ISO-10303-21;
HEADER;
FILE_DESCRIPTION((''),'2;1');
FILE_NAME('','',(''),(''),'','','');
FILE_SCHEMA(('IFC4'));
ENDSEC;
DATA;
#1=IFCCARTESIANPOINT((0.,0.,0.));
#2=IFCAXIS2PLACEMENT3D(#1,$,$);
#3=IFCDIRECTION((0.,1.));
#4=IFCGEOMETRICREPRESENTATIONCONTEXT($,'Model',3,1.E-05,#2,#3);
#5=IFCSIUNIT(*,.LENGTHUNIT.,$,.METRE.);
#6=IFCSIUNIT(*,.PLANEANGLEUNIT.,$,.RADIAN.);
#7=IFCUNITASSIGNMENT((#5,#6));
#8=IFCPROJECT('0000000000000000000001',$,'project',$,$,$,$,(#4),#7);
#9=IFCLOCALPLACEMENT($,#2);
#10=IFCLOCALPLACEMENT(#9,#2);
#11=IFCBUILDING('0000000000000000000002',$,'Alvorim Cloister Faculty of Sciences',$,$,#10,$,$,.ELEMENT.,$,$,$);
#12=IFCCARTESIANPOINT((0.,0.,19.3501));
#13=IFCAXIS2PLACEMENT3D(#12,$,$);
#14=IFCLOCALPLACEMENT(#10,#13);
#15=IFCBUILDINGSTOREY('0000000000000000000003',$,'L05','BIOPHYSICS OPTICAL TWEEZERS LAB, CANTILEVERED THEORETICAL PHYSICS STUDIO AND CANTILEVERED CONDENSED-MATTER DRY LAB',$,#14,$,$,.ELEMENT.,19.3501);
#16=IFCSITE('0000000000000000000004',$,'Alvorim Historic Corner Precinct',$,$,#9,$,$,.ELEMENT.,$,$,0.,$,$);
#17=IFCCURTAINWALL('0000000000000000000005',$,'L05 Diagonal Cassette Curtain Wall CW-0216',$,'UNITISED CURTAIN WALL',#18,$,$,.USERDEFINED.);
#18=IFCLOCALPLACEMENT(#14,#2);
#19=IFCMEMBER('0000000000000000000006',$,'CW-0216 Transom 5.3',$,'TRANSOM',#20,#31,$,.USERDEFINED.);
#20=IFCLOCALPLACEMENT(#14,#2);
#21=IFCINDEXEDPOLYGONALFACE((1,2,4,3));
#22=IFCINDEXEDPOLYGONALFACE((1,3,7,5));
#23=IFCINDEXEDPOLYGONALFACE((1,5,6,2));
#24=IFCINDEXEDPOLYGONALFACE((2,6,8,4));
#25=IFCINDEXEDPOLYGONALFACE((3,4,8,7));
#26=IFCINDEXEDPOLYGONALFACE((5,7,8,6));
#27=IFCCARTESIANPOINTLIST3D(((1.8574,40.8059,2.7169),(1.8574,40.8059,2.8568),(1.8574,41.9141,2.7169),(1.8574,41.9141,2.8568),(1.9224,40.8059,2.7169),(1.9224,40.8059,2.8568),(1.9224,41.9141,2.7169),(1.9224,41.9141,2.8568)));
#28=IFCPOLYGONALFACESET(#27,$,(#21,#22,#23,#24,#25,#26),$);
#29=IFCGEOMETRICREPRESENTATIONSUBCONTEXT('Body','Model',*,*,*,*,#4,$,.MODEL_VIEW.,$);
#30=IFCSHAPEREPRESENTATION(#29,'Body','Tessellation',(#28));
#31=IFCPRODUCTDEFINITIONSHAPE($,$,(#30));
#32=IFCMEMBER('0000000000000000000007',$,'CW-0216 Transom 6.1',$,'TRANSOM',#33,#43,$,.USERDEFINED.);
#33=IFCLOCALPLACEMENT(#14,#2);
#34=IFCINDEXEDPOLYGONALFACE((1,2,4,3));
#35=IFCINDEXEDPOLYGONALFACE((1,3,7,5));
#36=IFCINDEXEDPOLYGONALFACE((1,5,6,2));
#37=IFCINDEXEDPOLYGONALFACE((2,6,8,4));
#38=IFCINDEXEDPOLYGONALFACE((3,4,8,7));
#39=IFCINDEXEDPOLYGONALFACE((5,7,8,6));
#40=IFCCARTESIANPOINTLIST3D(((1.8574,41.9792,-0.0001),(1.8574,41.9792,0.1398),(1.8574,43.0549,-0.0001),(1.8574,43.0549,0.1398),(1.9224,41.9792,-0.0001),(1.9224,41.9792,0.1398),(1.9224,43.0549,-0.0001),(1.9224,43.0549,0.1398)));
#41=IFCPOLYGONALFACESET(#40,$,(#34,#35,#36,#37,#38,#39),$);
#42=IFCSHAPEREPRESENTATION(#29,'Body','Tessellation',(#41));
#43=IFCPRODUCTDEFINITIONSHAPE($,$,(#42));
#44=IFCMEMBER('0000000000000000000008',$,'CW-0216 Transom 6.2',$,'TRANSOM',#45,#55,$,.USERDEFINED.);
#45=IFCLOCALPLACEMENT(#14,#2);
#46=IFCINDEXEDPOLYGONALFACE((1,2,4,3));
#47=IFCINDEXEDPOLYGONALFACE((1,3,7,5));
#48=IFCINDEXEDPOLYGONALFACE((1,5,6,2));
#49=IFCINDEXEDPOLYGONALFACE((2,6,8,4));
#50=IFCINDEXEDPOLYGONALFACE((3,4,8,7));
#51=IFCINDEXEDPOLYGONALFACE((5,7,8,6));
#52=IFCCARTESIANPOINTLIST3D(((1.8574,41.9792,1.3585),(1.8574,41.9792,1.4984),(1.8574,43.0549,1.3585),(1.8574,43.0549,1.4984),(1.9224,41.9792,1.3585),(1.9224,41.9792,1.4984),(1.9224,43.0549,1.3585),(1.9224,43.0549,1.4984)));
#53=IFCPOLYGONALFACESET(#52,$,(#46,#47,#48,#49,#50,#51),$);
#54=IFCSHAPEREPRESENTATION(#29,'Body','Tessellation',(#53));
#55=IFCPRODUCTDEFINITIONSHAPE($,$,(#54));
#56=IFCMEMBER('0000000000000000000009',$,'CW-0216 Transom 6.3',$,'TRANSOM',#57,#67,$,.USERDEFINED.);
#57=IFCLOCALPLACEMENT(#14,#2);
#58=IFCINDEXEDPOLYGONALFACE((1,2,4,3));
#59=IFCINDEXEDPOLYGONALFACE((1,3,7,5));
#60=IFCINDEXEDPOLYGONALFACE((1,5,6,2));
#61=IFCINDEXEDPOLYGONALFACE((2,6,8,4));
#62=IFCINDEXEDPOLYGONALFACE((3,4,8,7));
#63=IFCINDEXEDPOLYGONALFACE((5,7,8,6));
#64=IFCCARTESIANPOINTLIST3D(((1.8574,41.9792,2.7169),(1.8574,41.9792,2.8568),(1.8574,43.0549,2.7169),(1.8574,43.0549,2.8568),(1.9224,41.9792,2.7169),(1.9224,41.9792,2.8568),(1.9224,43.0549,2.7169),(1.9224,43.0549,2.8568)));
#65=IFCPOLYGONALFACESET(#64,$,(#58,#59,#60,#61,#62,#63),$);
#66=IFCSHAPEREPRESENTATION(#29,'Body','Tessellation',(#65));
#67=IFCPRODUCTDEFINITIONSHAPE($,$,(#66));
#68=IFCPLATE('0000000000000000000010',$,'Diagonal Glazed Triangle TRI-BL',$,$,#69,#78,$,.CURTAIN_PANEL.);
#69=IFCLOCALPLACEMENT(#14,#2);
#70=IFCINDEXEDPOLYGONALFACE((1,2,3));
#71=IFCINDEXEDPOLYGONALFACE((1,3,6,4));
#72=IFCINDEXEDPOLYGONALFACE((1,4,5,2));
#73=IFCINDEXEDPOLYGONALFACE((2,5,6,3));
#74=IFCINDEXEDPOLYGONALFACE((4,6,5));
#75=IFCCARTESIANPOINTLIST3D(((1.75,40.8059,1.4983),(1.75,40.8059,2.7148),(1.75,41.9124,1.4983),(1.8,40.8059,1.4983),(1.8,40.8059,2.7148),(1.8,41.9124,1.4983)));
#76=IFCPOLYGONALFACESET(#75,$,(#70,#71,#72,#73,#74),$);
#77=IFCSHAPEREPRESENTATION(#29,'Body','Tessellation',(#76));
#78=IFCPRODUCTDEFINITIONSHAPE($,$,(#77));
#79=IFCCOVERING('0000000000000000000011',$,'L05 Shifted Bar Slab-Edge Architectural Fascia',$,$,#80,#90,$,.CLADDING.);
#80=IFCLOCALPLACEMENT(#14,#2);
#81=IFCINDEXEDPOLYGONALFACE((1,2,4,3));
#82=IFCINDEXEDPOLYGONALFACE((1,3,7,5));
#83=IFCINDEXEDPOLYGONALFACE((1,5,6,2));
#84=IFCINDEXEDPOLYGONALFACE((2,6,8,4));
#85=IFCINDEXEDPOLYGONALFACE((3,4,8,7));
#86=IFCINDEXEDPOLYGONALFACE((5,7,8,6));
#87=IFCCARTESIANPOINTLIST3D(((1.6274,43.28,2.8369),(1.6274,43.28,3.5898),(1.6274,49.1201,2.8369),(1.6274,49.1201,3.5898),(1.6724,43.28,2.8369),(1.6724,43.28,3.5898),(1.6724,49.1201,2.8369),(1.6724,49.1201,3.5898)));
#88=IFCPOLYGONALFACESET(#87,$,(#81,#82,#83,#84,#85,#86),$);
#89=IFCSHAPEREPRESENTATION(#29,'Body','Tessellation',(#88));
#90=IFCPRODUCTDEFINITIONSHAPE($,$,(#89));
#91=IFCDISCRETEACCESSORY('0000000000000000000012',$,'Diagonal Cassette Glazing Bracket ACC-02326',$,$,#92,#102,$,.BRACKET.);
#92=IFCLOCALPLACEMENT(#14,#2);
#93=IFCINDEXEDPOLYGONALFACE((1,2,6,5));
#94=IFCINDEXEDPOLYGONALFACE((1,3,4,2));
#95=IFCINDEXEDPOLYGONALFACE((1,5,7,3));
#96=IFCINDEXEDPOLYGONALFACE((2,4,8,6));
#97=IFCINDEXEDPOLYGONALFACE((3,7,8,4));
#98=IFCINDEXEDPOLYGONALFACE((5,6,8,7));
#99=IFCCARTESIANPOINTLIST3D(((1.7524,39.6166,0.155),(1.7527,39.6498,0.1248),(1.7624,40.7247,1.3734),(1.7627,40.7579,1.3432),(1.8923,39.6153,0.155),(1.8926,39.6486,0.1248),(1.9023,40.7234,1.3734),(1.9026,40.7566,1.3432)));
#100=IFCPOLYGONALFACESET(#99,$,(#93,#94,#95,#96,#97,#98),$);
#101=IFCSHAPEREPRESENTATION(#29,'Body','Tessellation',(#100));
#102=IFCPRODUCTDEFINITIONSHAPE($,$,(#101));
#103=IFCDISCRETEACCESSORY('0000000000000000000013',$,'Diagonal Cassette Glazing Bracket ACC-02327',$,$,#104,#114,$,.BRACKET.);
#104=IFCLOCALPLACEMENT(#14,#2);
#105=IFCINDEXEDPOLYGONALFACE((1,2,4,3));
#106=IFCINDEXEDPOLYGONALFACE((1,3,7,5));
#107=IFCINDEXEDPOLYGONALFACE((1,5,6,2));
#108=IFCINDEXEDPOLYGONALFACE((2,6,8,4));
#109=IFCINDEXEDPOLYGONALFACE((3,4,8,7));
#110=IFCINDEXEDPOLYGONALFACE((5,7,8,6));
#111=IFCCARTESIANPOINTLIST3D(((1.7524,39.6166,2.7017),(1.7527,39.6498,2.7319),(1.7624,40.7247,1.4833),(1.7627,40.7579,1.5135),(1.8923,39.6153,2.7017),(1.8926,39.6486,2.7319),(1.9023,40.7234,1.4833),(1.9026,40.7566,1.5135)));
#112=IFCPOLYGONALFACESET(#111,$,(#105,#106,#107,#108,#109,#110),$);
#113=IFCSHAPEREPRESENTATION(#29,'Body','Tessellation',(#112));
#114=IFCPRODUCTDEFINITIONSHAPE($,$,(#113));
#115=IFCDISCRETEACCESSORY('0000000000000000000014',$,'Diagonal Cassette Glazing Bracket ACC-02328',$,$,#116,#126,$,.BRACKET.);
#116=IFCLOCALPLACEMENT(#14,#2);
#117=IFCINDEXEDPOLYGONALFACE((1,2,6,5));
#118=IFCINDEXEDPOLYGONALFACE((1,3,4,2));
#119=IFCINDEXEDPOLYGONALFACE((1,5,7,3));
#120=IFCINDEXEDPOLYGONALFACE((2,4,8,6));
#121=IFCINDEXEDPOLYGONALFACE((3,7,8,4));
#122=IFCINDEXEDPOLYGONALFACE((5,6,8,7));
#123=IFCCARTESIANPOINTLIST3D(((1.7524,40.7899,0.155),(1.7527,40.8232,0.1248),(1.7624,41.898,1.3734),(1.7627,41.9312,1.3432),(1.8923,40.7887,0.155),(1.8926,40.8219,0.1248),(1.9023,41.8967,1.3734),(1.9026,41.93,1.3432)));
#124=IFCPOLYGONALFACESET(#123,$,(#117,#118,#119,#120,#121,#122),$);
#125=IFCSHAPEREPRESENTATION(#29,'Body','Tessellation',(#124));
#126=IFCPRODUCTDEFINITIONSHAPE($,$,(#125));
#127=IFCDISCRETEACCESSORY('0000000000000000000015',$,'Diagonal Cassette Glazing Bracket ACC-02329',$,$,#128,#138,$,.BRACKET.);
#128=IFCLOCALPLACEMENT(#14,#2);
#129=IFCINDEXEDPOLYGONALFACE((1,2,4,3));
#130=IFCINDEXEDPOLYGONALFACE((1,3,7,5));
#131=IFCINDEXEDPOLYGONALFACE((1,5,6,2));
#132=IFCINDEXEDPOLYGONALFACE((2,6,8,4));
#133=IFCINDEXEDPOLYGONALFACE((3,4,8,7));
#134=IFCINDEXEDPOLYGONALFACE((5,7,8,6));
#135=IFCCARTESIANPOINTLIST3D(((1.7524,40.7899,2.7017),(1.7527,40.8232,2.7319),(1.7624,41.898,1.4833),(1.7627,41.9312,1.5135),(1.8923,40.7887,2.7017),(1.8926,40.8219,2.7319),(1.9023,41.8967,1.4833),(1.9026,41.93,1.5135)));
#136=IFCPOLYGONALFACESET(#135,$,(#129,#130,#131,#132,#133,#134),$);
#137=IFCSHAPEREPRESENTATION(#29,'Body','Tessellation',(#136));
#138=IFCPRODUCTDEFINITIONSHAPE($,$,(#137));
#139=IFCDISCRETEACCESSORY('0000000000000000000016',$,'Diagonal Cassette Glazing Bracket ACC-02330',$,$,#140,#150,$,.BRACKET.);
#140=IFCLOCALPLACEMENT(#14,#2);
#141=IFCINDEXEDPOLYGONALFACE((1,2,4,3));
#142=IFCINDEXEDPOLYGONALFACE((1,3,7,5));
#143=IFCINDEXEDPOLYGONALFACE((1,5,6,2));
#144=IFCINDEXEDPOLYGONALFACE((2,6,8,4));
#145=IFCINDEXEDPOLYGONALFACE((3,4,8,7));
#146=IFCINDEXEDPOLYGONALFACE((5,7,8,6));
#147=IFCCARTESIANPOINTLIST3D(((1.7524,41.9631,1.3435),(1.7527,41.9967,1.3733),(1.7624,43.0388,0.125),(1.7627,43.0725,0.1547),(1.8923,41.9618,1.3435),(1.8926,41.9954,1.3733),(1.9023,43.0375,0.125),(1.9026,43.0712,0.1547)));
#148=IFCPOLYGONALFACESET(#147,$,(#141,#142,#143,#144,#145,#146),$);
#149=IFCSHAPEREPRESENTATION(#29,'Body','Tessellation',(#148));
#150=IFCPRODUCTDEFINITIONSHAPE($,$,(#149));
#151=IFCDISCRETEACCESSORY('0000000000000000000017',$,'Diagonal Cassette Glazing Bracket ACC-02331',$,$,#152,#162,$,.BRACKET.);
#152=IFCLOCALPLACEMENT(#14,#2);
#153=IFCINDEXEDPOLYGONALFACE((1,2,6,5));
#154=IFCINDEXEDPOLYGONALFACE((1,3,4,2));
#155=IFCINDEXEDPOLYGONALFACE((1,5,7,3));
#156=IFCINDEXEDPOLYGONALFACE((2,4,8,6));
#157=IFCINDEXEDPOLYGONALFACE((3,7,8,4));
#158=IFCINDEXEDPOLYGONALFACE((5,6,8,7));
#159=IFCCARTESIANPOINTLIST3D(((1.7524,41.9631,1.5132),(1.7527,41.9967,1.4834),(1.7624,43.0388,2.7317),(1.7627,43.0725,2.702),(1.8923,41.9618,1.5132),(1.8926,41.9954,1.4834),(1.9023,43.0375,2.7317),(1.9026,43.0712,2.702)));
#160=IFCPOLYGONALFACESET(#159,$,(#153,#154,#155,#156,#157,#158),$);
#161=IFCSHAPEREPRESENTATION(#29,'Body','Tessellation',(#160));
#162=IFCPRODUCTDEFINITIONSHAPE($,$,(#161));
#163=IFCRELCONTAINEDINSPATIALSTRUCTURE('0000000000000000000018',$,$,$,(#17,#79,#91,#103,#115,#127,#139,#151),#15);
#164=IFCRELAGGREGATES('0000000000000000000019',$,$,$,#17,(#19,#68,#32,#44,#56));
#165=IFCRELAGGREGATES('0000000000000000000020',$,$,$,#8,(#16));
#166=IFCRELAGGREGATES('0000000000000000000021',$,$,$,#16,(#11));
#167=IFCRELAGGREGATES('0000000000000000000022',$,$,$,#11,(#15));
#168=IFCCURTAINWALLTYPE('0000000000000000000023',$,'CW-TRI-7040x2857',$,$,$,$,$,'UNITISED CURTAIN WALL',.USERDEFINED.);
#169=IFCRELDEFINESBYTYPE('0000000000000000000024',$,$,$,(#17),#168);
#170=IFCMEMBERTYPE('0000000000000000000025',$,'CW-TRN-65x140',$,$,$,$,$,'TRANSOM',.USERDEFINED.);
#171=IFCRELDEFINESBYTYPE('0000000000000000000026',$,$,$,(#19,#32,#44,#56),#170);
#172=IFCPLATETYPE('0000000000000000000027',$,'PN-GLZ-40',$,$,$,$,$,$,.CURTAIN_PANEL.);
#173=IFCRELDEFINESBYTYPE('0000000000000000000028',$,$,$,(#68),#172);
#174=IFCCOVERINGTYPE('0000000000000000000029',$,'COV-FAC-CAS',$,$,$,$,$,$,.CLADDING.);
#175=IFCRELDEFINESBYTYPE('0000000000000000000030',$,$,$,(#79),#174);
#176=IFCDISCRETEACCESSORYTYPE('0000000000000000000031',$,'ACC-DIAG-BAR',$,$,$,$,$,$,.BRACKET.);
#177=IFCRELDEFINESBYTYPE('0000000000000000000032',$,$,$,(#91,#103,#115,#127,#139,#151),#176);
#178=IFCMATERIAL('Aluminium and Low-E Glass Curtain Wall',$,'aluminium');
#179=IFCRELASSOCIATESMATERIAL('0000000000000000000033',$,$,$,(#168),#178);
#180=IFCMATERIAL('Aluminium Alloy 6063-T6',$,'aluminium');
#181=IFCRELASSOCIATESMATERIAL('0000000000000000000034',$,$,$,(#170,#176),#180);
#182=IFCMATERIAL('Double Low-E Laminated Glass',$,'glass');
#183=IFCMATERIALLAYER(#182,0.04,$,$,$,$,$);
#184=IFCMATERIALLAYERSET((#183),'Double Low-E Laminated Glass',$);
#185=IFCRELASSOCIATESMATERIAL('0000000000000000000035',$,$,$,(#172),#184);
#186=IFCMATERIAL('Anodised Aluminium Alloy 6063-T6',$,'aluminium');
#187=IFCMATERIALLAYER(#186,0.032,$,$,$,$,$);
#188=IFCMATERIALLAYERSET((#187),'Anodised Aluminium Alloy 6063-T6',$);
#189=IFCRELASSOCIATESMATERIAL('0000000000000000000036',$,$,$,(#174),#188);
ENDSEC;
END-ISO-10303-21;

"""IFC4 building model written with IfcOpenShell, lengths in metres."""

from ifc_helpers import new_model, si_unit, direction, frame, origin, origin_2d, place, context, subcontext, project, spatial, polyline, rectangle, outline, extrude, material, layer, layer_set, material_profile, profile_set, type_object, element, aggregate, save


model = new_model("IFC4")

# Units and contexts
model_context = context("Model", 3, precision=1e-05, world=origin(), true_north=direction((0.0, 1.0)))
body_context = subcontext(model_context, "Body", "Model", "MODEL_VIEW")
ifc_project = project(units=[si_unit("LENGTHUNIT", "METRE"), si_unit("PLANEANGLEUNIT", "RADIAN")], contexts=[model_context])

# Site, building, storey
site_placement = place(None, origin())
site = spatial("IfcSite", under=ifc_project, at=site_placement, Name="Alvorim Historic Corner Precinct", CompositionType="ELEMENT", RefElevation=0.0)
building_placement = place(site_placement, origin())
building = spatial("IfcBuilding", under=site, at=building_placement, Name="Alvorim Cloister Faculty of Sciences", CompositionType="ELEMENT")
storey_placement = place(building_placement, frame((0.0, 0.0, 19.3501)))
storey = spatial("IfcBuildingStorey", under=building, at=storey_placement, Name="L05", Description="BIOPHYSICS OPTICAL TWEEZERS LAB, CANTILEVERED THEORETICAL PHYSICS STUDIO AND CANTILEVERED CONDENSED-MATTER DRY LAB", CompositionType="ELEMENT", Elevation=19.3501)

# Curtain wall, members, plate
ifc_material_1 = material(Name="Aluminium and Low-E Glass Curtain Wall", Category="aluminium")
curtain_wall_type = type_object("IfcCurtainWallType", Name="CW-TRI-7040x2857", ElementType="UNITISED CURTAIN WALL", PredefinedType="USERDEFINED", material=ifc_material_1)
curtain_wall_placement = place(storey_placement, origin())
curtain_wall = element("IfcCurtainWall", 1, at=curtain_wall_placement, inside=storey, type_object=curtain_wall_type, Name="L05 Diagonal Cassette Curtain Wall CW-0216", ObjectType="UNITISED CURTAIN WALL", PredefinedType="USERDEFINED")
ifc_material_2 = material(Name="Aluminium Alloy 6063-T6", Category="aluminium")
ifc_material_profile_1 = material_profile(ifc_material_2, rectangle(XDim=0.0649, YDim=0.1399, at=origin_2d()), Name="ALU-TRN-65x140")
ifc_profile_set_1 = profile_set([ifc_material_profile_1], Name="Aluminium Alloy 6063-T6")
member_type_1 = type_object("IfcMemberType", Name="CW-TRN-65x140", ElementType="TRANSOM", PredefinedType="USERDEFINED", material=ifc_profile_set_1)
member_1_placement = place(storey_placement, frame((1.8899, 40.8059, 2.7869), z_axis=(0.0, 1.0, 0.0), x_axis=(-1.0, 0.0, 0.0)))
member_1 = element("IfcMember", 2, at=member_1_placement, type_object=member_type_1, Name="CW-0216 Transom 5.3", ObjectType="TRANSOM", PredefinedType="USERDEFINED", context=body_context, shape_type="SweptSolid", body=[
    extrude(rectangle(XDim=0.0649, YDim=0.1399, at=origin_2d()), origin(), (0.0, 0.0, 1.0), 1.1082),
])
member_2_placement = place(storey_placement, frame((1.8899, 41.9792, 0.0698), z_axis=(0.0, 1.0, 0.0), x_axis=(-1.0, 0.0, 0.0)))
member_2 = element("IfcMember", 3, at=member_2_placement, type_object=member_type_1, Name="CW-0216 Transom 6.1", ObjectType="TRANSOM", PredefinedType="USERDEFINED", context=body_context, shape_type="SweptSolid", body=[
    extrude(rectangle(XDim=0.0649, YDim=0.1399, at=origin_2d()), origin(), (0.0, 0.0, 1.0), 1.0757),
])
member_3_placement = place(storey_placement, frame((1.8899, 41.9792, 1.4285), z_axis=(0.0, 1.0, 0.0), x_axis=(-1.0, 0.0, 0.0)))
member_3 = element("IfcMember", 4, at=member_3_placement, type_object=member_type_1, Name="CW-0216 Transom 6.2", ObjectType="TRANSOM", PredefinedType="USERDEFINED", context=body_context, shape_type="SweptSolid", body=[
    extrude(rectangle(XDim=0.0649, YDim=0.1399, at=origin_2d()), origin(), (0.0, 0.0, 1.0), 1.0757),
])
member_4_placement = place(storey_placement, frame((1.8899, 41.9792, 2.7869), z_axis=(0.0, 1.0, 0.0), x_axis=(-1.0, 0.0, 0.0)))
member_4 = element("IfcMember", 5, at=member_4_placement, type_object=member_type_1, Name="CW-0216 Transom 6.3", ObjectType="TRANSOM", PredefinedType="USERDEFINED", context=body_context, shape_type="SweptSolid", body=[
    extrude(rectangle(XDim=0.0649, YDim=0.1399, at=origin_2d()), origin(), (0.0, 0.0, 1.0), 1.0757),
])
ifc_material_3 = material(Name="Double Low-E Laminated Glass", Category="glass")
ifc_layer_1 = layer(ifc_material_3, 0.04)
ifc_layer_set_1 = layer_set([ifc_layer_1], Name="Double Low-E Laminated Glass")
plate_type = type_object("IfcPlateType", Name="PN-GLZ-40", PredefinedType="CURTAIN_PANEL", material=ifc_layer_set_1)
plate_1_placement = place(storey_placement, frame((1.7749, 40.8059, 1.4983), z_axis=(0.0, 0.0, 1.0), x_axis=(0.0, 1.0, 0.0)))
plate_1 = element("IfcPlate", 6, at=plate_1_placement, type_object=plate_type, Name="Diagonal Glazed Triangle TRI-BL", PredefinedType="CURTAIN_PANEL", context=body_context, shape_type="SweptSolid", body=[
    extrude(outline(polyline([(0.0, 0.0), (1.1064, 0.0), (0.0, 1.2166), (0.0, 0.0)])), frame((0.0, 0.0249, 0.0), z_axis=(0.0, -1.0, 0.0), x_axis=(1.0, 0.0, 0.0)), (0.0, 0.0, 1.0), 0.05),
])
aggregate(curtain_wall, [member_1, plate_1, member_2, member_3, member_4])

# Covering
ifc_material_4 = material(Name="Anodised Aluminium Alloy 6063-T6", Category="aluminium")
ifc_layer_2 = layer(ifc_material_4, 0.032)
ifc_layer_set_2 = layer_set([ifc_layer_2], Name="Anodised Aluminium Alloy 6063-T6")
covering_type = type_object("IfcCoveringType", Name="COV-FAC-CAS", PredefinedType="CLADDING", material=ifc_layer_set_2)
covering_placement = place(storey_placement, frame((1.6499, 43.28, 2.8369), z_axis=(0.0, 0.0, 1.0), x_axis=(0.0, 1.0, 0.0)))
element("IfcCovering", 7, at=covering_placement, inside=storey, type_object=covering_type, Name="L05 Shifted Bar Slab-Edge Architectural Fascia", PredefinedType="CLADDING", context=body_context, shape_type="SweptSolid", body=[
    extrude(outline(polyline([(0.0, 0.0), (5.8401, 0.0), (5.8401, 0.7529), (0.0, 0.7529), (0.0, 0.0)])), frame((0.0, 0.0225, 0.0), z_axis=(0.0, -1.0, 0.0), x_axis=(1.0, 0.0, 0.0)), (0.0, 0.0, 1.0), 0.0449),
])

# Discrete accessories
discrete_accessory_type = type_object("IfcDiscreteAccessoryType", Name="ACC-DIAG-BAR", PredefinedType="BRACKET", material=ifc_material_2)
for number, where, z_axis, x_axis, name in (
    (8, (1.8225, 39.6326, 0.1399), (0.006077, 0.672801, 0.739799), (-0.999959, 0.009032, 0.0), "Diagonal Cassette Glazing Bracket ACC-02326"),
    (9, (1.8225, 39.6326, 2.7168), (0.006077, 0.672801, -0.739799), (-0.999959, 0.009032, 0.0), "Diagonal Cassette Glazing Bracket ACC-02327"),
    (10, (1.8225, 40.8059, 0.1399), (0.006077, 0.672801, 0.739799), (-0.999959, 0.009032, 0.0), "Diagonal Cassette Glazing Bracket ACC-02328"),
    (11, (1.8225, 40.8059, 2.7168), (0.006077, 0.672801, -0.739799), (-0.999959, 0.009032, 0.0), "Diagonal Cassette Glazing Bracket ACC-02329"),
):
    element("IfcDiscreteAccessory", number, at=place(storey_placement, frame(where, z_axis=z_axis, x_axis=x_axis)), inside=storey, type_object=discrete_accessory_type, Name=name, PredefinedType="BRACKET", context=body_context, shape_type="SweptSolid", body=[
        extrude(rectangle(XDim=0.1399, YDim=0.0449, at=origin_2d()), origin(), (0.0, 0.0, 1.0), 1.647),
    ])
for number, where, z_axis, x_axis, name in (
    (12, (1.8225, 41.9792, 1.3584), (0.006158, 0.661793, -0.749661), (-0.999957, 0.009305, 0.0), "Diagonal Cassette Glazing Bracket ACC-02330"),
    (13, (1.8225, 41.9792, 1.4983), (0.006158, 0.661793, 0.749661), (-0.999957, 0.009305, 0.0), "Diagonal Cassette Glazing Bracket ACC-02331"),
):
    element("IfcDiscreteAccessory", number, at=place(storey_placement, frame(where, z_axis=z_axis, x_axis=x_axis)), inside=storey, type_object=discrete_accessory_type, Name=name, PredefinedType="BRACKET", context=body_context, shape_type="SweptSolid", body=[
        extrude(rectangle(XDim=0.1399, YDim=0.0449, at=origin_2d()), origin(), (0.0, 0.0, 1.0), 1.6255),
    ])

save(model, "model.ifc")
